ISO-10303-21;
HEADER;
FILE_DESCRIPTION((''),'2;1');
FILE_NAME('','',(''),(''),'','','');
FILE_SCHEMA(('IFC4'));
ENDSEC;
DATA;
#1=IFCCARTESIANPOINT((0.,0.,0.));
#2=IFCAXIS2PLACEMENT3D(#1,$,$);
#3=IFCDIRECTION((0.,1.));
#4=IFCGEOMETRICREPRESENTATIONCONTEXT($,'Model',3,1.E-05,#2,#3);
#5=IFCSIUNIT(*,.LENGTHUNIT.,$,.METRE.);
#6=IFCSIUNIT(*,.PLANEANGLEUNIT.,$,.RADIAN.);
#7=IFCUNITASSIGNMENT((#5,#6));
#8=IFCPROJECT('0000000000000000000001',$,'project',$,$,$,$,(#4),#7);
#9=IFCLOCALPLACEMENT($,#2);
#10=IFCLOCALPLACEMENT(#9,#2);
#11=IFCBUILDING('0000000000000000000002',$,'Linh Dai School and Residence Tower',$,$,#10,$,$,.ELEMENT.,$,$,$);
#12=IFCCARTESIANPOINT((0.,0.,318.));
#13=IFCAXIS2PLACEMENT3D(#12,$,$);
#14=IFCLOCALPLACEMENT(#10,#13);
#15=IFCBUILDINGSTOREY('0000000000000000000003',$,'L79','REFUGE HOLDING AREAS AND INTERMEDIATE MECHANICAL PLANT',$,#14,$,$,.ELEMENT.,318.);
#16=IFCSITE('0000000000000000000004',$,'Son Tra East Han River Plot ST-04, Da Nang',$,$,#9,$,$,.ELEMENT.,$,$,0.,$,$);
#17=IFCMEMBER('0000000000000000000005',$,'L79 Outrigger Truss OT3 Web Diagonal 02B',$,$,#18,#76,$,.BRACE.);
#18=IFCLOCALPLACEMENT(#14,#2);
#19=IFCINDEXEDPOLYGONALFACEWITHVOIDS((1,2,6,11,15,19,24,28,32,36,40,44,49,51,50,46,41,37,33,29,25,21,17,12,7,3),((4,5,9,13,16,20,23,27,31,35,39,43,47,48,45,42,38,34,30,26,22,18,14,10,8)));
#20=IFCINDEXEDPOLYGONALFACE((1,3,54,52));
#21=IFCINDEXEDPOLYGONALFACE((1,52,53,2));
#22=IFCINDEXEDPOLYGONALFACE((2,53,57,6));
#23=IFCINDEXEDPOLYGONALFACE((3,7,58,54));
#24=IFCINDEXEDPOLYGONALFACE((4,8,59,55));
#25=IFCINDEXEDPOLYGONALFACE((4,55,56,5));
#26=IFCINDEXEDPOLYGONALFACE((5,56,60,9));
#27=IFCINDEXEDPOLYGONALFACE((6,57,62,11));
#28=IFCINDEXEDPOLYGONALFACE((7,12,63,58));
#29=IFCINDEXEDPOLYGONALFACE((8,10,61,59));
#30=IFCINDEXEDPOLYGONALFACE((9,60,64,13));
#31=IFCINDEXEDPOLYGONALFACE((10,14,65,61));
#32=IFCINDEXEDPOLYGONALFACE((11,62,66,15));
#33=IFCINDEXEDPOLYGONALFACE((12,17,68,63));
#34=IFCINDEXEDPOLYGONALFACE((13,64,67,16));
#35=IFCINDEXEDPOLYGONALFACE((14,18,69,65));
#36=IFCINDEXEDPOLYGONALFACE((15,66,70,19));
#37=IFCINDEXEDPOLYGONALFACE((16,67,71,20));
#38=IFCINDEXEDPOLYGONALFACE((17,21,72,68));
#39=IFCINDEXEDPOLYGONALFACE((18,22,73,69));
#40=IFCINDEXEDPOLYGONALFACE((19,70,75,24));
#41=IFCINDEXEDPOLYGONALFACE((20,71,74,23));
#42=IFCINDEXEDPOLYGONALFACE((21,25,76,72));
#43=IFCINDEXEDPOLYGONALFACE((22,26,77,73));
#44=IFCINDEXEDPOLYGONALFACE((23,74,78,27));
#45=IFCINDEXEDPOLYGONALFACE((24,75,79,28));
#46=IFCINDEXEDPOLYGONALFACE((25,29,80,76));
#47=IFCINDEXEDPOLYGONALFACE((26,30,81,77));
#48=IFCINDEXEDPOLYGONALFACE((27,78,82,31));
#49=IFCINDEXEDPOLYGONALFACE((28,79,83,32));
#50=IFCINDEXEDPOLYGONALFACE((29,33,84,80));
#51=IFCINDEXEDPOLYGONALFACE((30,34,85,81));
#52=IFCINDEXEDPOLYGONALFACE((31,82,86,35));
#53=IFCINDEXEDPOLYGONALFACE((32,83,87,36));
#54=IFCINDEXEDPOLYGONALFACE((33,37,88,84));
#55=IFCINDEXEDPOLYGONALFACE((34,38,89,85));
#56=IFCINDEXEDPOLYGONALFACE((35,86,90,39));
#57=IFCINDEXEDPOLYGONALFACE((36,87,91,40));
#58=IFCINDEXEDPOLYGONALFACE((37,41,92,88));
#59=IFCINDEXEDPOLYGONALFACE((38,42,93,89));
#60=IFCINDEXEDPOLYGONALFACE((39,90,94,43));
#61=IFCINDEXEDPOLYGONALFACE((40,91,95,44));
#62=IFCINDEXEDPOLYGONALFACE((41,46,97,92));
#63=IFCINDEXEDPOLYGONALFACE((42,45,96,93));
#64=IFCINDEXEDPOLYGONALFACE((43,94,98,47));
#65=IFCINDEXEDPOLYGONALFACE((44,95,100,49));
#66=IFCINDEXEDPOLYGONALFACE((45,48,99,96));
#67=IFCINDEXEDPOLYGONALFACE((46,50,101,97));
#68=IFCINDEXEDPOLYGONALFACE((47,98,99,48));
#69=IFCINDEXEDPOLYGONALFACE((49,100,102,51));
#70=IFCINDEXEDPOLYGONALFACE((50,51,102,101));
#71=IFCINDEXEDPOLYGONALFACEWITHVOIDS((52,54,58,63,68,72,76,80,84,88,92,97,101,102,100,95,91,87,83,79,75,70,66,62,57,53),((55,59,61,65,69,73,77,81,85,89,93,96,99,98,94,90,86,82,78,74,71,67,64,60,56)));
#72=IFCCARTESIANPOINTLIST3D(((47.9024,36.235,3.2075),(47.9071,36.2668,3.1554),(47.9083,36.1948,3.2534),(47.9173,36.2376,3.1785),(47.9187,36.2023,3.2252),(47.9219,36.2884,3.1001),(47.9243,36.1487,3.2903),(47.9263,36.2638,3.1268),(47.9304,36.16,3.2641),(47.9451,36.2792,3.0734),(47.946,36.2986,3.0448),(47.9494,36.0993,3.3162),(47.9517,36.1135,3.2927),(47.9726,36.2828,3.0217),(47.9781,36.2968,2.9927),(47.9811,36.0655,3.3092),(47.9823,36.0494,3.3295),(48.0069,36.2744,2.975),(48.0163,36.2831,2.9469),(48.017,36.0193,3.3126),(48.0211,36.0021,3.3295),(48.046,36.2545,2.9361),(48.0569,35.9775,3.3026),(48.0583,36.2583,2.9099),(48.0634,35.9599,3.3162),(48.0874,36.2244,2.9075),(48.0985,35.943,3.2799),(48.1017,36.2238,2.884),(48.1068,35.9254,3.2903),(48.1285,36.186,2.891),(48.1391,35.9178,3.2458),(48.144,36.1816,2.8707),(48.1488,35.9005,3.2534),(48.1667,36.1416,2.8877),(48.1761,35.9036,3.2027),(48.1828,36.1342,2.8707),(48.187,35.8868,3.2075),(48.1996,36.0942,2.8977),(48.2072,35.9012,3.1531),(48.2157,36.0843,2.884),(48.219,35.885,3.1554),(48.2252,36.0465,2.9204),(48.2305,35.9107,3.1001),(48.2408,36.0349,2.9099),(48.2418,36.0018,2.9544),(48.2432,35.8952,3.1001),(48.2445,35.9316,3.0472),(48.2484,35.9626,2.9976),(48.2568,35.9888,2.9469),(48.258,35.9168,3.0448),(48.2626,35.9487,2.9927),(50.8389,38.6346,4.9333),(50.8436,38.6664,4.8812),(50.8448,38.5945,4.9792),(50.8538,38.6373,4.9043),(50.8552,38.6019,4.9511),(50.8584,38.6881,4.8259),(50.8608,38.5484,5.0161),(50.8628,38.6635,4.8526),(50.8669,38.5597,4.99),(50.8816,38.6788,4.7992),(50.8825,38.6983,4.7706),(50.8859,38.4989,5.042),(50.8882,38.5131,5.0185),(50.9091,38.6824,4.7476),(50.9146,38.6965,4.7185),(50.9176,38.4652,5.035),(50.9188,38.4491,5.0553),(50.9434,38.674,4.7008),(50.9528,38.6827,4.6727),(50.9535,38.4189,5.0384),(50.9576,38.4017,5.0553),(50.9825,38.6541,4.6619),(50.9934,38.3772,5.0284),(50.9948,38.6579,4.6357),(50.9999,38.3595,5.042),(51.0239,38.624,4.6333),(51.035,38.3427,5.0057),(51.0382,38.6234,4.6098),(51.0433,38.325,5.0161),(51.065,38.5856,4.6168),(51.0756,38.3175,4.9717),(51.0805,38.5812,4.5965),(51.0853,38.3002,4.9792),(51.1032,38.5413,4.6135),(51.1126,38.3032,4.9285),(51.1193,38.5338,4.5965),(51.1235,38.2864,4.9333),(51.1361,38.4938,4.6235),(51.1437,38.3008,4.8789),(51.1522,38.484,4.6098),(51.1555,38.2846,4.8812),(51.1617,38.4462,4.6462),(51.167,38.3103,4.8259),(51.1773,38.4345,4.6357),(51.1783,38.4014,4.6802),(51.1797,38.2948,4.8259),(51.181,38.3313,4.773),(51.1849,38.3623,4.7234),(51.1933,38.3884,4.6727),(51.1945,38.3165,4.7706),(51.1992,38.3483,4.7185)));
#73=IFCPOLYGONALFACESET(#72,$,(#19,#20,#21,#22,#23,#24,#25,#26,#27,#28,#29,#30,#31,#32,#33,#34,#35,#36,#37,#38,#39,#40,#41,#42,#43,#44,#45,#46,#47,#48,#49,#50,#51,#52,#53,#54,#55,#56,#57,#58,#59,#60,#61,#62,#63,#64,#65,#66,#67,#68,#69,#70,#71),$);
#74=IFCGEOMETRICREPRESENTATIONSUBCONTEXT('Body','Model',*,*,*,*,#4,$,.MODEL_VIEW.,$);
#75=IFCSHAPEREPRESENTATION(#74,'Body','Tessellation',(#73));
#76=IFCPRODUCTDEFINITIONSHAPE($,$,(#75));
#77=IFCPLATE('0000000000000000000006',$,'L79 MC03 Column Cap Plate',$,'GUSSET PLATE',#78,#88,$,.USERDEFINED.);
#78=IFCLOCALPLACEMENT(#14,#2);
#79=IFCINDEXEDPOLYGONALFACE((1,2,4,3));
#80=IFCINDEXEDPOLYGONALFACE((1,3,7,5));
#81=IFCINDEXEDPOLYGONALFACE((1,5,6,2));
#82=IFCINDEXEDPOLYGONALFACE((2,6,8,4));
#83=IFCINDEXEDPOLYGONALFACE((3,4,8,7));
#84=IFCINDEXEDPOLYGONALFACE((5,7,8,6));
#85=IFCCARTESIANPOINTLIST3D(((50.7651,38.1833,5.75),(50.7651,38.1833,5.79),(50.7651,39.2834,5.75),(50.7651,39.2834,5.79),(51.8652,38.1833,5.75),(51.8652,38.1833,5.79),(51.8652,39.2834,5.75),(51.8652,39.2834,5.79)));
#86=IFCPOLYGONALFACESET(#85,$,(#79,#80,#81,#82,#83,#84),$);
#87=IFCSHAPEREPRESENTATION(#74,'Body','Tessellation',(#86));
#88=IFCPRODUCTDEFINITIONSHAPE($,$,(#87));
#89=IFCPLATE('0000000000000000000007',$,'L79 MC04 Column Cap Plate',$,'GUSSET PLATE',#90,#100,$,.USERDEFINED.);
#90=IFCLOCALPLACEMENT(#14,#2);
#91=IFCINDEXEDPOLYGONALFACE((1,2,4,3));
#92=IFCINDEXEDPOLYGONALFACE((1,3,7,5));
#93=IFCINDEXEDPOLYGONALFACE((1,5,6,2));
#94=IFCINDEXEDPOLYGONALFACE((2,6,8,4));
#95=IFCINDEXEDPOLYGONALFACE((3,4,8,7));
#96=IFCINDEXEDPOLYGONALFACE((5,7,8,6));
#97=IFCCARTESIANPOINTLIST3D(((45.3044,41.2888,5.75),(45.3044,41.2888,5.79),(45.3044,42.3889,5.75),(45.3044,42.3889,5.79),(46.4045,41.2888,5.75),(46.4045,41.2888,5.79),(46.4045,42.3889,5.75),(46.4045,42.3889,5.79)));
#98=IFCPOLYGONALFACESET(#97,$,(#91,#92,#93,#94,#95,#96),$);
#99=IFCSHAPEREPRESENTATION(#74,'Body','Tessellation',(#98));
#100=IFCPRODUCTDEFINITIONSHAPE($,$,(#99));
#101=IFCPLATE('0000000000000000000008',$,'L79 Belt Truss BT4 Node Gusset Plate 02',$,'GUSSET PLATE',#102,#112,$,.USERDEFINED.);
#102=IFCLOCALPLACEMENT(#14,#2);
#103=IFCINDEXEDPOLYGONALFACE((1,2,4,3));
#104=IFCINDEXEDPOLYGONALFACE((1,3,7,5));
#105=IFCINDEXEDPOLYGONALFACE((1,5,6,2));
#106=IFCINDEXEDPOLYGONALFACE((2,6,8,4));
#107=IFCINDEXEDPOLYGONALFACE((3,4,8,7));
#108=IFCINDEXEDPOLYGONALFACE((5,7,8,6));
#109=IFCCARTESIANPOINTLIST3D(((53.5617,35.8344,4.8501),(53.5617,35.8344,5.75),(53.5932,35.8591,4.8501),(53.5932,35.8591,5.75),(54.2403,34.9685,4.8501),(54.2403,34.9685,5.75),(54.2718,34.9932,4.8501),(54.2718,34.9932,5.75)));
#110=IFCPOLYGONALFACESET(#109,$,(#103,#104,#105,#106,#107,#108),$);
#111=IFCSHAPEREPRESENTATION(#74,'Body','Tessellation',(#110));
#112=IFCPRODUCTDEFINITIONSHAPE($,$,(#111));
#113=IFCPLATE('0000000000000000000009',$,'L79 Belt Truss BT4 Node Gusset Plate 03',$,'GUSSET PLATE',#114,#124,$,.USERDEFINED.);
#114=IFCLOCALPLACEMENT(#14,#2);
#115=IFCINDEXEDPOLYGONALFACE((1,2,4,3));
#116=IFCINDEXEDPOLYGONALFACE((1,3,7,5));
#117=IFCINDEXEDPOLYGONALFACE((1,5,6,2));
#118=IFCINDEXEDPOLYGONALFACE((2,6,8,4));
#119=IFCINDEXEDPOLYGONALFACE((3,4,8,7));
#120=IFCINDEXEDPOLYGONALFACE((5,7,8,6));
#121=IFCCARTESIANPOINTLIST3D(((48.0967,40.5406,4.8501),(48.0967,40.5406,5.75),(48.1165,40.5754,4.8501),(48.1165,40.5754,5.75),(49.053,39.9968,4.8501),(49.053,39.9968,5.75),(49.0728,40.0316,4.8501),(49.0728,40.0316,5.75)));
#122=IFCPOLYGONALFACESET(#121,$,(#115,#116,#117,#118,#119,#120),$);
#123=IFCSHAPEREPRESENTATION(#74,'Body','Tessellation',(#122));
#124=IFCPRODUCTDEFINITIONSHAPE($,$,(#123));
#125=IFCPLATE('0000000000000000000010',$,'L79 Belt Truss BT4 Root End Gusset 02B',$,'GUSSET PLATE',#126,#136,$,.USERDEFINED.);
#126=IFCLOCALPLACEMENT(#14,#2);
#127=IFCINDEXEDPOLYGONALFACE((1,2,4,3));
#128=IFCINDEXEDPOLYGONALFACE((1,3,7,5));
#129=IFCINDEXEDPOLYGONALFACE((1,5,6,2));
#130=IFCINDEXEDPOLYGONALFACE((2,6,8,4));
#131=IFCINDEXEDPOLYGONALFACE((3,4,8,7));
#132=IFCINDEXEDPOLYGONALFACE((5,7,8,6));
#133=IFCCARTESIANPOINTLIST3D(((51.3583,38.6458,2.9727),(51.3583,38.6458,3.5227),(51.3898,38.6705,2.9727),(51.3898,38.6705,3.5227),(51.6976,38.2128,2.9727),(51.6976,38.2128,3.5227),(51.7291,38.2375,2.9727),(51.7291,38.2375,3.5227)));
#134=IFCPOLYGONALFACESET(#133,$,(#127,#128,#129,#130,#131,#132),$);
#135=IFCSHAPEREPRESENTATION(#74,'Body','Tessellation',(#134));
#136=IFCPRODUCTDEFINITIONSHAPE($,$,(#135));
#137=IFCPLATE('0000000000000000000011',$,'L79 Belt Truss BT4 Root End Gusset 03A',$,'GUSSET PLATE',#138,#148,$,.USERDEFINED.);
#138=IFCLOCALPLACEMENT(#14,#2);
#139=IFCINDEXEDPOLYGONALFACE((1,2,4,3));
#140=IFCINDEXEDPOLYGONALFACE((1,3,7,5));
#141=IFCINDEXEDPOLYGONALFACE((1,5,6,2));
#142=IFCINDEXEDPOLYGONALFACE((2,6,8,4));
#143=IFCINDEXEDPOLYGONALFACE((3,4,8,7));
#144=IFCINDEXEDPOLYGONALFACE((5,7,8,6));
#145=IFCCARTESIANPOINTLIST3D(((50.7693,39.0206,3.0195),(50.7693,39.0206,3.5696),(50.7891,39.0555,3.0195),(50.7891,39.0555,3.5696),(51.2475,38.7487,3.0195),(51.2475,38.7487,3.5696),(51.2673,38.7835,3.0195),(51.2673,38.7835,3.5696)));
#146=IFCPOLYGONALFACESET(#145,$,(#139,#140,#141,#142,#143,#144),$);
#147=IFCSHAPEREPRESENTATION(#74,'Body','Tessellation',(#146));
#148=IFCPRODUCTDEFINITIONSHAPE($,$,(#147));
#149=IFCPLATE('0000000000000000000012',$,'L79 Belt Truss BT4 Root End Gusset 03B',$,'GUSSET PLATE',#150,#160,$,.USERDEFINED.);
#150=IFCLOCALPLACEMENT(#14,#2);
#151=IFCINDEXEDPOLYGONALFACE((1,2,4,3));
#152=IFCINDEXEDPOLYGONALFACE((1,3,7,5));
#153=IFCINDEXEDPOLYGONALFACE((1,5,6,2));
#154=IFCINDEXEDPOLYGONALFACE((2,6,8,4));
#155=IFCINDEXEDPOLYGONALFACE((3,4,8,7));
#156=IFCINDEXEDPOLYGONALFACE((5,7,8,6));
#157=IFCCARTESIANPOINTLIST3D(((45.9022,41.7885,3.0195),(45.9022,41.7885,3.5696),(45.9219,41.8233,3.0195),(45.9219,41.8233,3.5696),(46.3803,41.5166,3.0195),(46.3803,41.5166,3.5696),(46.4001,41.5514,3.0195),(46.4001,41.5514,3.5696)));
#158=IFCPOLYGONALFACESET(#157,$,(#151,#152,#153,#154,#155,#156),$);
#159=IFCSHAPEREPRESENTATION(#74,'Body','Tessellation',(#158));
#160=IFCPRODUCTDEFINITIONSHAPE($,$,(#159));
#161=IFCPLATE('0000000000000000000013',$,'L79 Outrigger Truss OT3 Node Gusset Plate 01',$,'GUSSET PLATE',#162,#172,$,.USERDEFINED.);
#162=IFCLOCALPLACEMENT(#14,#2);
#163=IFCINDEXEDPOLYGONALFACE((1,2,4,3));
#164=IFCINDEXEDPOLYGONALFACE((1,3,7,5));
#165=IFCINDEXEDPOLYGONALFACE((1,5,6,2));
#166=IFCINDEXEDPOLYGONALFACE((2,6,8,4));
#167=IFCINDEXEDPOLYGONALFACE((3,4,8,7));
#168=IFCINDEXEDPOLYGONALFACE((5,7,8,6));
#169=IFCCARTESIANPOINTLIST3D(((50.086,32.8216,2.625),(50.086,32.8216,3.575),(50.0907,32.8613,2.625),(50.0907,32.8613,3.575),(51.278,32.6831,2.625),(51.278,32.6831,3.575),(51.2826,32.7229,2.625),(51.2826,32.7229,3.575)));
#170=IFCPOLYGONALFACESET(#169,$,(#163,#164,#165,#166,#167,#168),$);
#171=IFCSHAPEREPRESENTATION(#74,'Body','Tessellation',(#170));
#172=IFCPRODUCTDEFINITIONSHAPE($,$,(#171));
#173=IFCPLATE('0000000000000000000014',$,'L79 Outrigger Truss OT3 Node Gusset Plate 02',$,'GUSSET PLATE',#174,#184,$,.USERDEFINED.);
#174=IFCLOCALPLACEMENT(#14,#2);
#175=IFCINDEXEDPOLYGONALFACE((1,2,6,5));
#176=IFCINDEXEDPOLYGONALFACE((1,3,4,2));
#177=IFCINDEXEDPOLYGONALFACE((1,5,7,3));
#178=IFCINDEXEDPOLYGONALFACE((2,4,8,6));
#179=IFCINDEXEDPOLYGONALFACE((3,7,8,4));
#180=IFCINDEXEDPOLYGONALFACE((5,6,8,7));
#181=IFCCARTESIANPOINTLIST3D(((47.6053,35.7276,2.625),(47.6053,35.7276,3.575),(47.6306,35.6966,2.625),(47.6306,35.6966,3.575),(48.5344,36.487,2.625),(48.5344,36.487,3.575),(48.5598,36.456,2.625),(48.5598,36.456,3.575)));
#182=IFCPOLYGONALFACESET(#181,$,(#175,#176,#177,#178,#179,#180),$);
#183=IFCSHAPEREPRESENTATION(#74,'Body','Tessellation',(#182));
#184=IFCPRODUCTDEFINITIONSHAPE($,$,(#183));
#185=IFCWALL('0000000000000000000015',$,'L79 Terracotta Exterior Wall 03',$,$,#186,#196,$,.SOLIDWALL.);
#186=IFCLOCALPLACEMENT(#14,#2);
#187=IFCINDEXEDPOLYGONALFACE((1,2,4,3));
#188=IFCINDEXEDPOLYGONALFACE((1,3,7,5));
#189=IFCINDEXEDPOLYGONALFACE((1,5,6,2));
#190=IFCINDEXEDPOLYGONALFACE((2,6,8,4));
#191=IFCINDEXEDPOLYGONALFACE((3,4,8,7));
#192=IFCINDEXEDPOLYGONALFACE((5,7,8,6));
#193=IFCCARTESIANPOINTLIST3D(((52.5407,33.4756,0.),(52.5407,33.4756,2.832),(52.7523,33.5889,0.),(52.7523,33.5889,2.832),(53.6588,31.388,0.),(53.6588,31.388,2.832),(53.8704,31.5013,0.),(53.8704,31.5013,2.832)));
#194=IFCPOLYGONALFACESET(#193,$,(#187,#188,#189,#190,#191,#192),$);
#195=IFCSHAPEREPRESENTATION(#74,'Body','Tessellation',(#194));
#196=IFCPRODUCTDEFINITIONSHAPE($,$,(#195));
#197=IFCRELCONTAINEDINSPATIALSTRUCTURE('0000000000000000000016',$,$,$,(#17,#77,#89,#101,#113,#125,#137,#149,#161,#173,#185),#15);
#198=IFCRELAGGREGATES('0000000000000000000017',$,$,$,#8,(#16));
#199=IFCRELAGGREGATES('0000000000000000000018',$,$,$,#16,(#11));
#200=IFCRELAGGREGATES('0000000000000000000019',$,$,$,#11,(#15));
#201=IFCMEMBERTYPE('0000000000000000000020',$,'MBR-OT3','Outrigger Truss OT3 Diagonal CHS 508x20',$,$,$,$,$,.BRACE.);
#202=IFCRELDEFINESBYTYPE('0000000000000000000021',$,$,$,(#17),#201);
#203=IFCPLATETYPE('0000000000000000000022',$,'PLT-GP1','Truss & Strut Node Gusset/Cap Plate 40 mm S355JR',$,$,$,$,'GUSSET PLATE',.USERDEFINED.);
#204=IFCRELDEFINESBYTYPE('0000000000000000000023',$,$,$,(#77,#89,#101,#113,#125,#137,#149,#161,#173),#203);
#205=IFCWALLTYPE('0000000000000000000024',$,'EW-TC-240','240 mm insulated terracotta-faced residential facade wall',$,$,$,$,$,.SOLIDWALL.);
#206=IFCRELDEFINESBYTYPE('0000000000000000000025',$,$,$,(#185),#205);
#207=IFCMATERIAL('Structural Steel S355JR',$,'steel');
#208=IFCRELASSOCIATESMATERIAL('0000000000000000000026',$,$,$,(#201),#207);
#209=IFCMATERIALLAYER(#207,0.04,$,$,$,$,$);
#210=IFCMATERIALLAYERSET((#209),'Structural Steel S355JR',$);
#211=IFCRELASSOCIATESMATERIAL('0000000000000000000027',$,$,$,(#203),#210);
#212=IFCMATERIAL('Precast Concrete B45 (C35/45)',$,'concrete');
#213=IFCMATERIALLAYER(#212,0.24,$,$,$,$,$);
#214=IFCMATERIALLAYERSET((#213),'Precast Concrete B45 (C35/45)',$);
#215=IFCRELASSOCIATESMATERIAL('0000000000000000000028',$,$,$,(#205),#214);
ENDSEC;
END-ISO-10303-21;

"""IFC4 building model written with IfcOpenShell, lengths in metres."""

from ifc_helpers import new_model, si_unit, direction, frame, frame_2d, origin, origin_2d, place, context, subcontext, project, spatial, rectangle, hollow_circle, extrude, source, transform, mapped, material, layer, layer_set, material_profile, profile_set, type_object, element, save


model = new_model("IFC4")

# Units and contexts
model_context = context("Model", 3, precision=1e-05, world=origin(), true_north=direction((0.0, 1.0)))
body_context = subcontext(model_context, "Body", "Model", "MODEL_VIEW")
ifc_project = project(units=[si_unit("LENGTHUNIT", "METRE"), si_unit("PLANEANGLEUNIT", "RADIAN")], contexts=[model_context])

# Site, building, storey
site_placement = place(None, origin())
site = spatial("IfcSite", under=ifc_project, at=site_placement, Name="Son Tra East Han River Plot ST-04, Da Nang", CompositionType="ELEMENT", RefElevation=0.0)
building_placement = place(site_placement, origin())
building = spatial("IfcBuilding", under=site, at=building_placement, Name="Linh Dai School and Residence Tower", CompositionType="ELEMENT")
storey_placement = place(building_placement, frame((0.0, 0.0, 318.0)))
storey = spatial("IfcBuildingStorey", under=building, at=storey_placement, Name="L79", Description="REFUGE HOLDING AREAS AND INTERMEDIATE MECHANICAL PLANT", CompositionType="ELEMENT", Elevation=318.0)

# Shared definitions
ifc_material_1 = material(Name="Structural Steel S355JR", Category="steel")

# Member
ifc_material_profile_1 = material_profile(ifc_material_1, hollow_circle(Radius=0.2539, WallThickness=0.02, at=origin_2d()), Name="CHS 508x20")
ifc_profile_set_1 = profile_set([ifc_material_profile_1], Name="Structural Steel S355JR")
member_type_1 = type_object("IfcMemberType", Name="MBR-OT3", Description="Outrigger Truss OT3 Diagonal CHS 508x20", PredefinedType="BRACE", material=ifc_profile_set_1)
member_1_placement = place(storey_placement, frame((51.019, 38.4915, 4.8259), z_axis=(-0.704788, -0.575936, -0.414212), x_axis=(0.632771, -0.774339, 0.0)))
element("IfcMember", 1, at=member_1_placement, inside=storey, type_object=member_type_1, Name="L79 Outrigger Truss OT3 Web Diagonal 02B", PredefinedType="BRACE", context=body_context, shape_type="SweptSolid", body=[
    extrude(hollow_circle(Radius=0.2539, WallThickness=0.02, at=origin_2d()), origin(), (0.0, 0.0, 1.0), 4.1665),
])

# Plates
ifc_layer_1 = layer(ifc_material_1, 0.04)
ifc_layer_set_1 = layer_set([ifc_layer_1], Name="Structural Steel S355JR")
plate_type = type_object("IfcPlateType", Name="PLT-GP1", Description="Truss & Strut Node Gusset/Cap Plate 40 mm S355JR", ElementType="GUSSET PLATE", PredefinedType="USERDEFINED", material=ifc_layer_set_1)
shared_shape_1 = source(origin(), body_context, "Body", "SweptSolid", [
    extrude(rectangle(XDim=1.1001, YDim=1.1001, at=origin_2d()), origin(), (0.0, 0.0, 1.0), 0.04),
])
for number, where, z_axis, x_axis, name in (
    (2, (51.3152, 38.7334, 5.75), (0.0, 0.0, 1.0), (1.0, 0.0, 0.0), "L79 MC03 Column Cap Plate"),
    (3, (45.8545, 41.8389, 5.75), (0.0, 0.0, 1.0), (1.0, 0.0, 0.0), "L79 MC04 Column Cap Plate"),
):
    element("IfcPlate", number, at=place(storey_placement, frame(where, z_axis=z_axis, x_axis=x_axis)), inside=storey, type_object=plate_type, Name=name, ObjectType="GUSSET PLATE", PredefinedType="USERDEFINED", context=body_context, shape_type="MappedRepresentation", body=[
        mapped(shared_shape_1, transform((0.0, 0.0, 0.0), x_axis=(1.0, 0.0, 0.0), y_axis=(0.0, 1.0, 0.0), z_axis=(0.0, 0.0, 1.0), scale=1.0)),
    ])
shared_shape_2 = source(origin(), body_context, "Body", "SweptSolid", [
    extrude(rectangle(XDim=1.1001, YDim=0.04, at=origin_2d()), origin(), (0.0, 0.0, 1.0), 0.8999),
])
for number, where, z_axis, x_axis, name in (
    (4, (53.9167, 35.4138, 4.8501), (0.0, 0.0, 1.0), (-0.616871, 0.787064, 0.0), "L79 Belt Truss BT4 Node Gusset Plate 02"),
    (5, (48.5847, 40.2861, 4.8501), (0.0, 0.0, 1.0), (-0.869275, 0.494329, 0.0), "L79 Belt Truss BT4 Node Gusset Plate 03"),
):
    element("IfcPlate", number, at=place(storey_placement, frame(where, z_axis=z_axis, x_axis=x_axis)), inside=storey, type_object=plate_type, Name=name, ObjectType="GUSSET PLATE", PredefinedType="USERDEFINED", context=body_context, shape_type="MappedRepresentation", body=[
        mapped(shared_shape_2, transform((0.0, 0.0, 0.0), x_axis=(1.0, 0.0, 0.0), y_axis=(0.0, 1.0, 0.0), z_axis=(0.0, 0.0, 1.0), scale=1.0)),
    ])
shared_shape_3 = source(origin(), body_context, "Body", "SweptSolid", [
    extrude(rectangle(XDim=0.55, YDim=0.04, at=origin_2d()), origin(), (0.0, 0.0, 1.0), 0.55),
])
for number, where, z_axis, x_axis, name in (
    (6, (51.5437, 38.4417, 2.9727), (0.0, 0.0, 1.0), (-0.616871, 0.787064, 0.0), "L79 Belt Truss BT4 Root End Gusset 02B"),
    (7, (51.0183, 38.9021, 3.0195), (0.0, 0.0, 1.0), (-0.869275, 0.494329, 0.0), "L79 Belt Truss BT4 Root End Gusset 03A"),
    (8, (46.1511, 41.6699, 3.0195), (0.0, 0.0, 1.0), (-0.869275, 0.494329, 0.0), "L79 Belt Truss BT4 Root End Gusset 03B"),
):
    element("IfcPlate", number, at=place(storey_placement, frame(where, z_axis=z_axis, x_axis=x_axis)), inside=storey, type_object=plate_type, Name=name, ObjectType="GUSSET PLATE", PredefinedType="USERDEFINED", context=body_context, shape_type="MappedRepresentation", body=[
        mapped(shared_shape_3, transform((0.0, 0.0, 0.0), x_axis=(1.0, 0.0, 0.0), y_axis=(0.0, 1.0, 0.0), z_axis=(0.0, 0.0, 1.0), scale=1.0)),
    ])
shared_shape_4 = source(origin(), body_context, "Body", "SweptSolid", [
    extrude(rectangle(XDim=1.2, YDim=0.04, at=origin_2d()), origin(), (0.0, 0.0, 1.0), 0.95),
])
for number, where, z_axis, x_axis, name in (
    (9, (50.6843, 32.7722, 2.625), (0.0, 0.0, 1.0), (0.993319, -0.1154, 0.0), "L79 Outrigger Truss OT3 Node Gusset Plate 01"),
    (10, (48.0825, 36.0918, 2.625), (0.0, 0.0, 1.0), (0.774325, 0.632789, 0.0), "L79 Outrigger Truss OT3 Node Gusset Plate 02"),
):
    element("IfcPlate", number, at=place(storey_placement, frame(where, z_axis=z_axis, x_axis=x_axis)), inside=storey, type_object=plate_type, Name=name, ObjectType="GUSSET PLATE", PredefinedType="USERDEFINED", context=body_context, shape_type="MappedRepresentation", body=[
        mapped(shared_shape_4, transform((0.0, 0.0, 0.0), x_axis=(1.0, 0.0, 0.0), y_axis=(0.0, 1.0, 0.0), z_axis=(0.0, 0.0, 1.0), scale=1.0)),
    ])

# Wall
ifc_material_2 = material(Name="Precast Concrete B45 (C35/45)", Category="concrete")
ifc_layer_2 = layer(ifc_material_2, 0.24)
ifc_layer_set_2 = layer_set([ifc_layer_2], Name="Precast Concrete B45 (C35/45)")
wall_type_1 = type_object("IfcWallType", Name="EW-TC-240", Description="240 mm insulated terracotta-faced residential facade wall", PredefinedType="SOLIDWALL", material=ifc_layer_set_2)
wall_1_placement = place(storey_placement, frame((52.6465, 33.5322, 0.0), z_axis=(0.0, 0.0, 1.0), x_axis=(0.47215, -0.881518, 0.0)))
element("IfcWall", 11, at=wall_1_placement, inside=storey, type_object=wall_type_1, Name="L79 Terracotta Exterior Wall 03", PredefinedType="SOLIDWALL", context=body_context, shape_type="SweptSolid", body=[
    extrude(rectangle(XDim=2.3682, YDim=0.24, at=frame_2d((1.1841, 0.0))), origin(), (0.0, 0.0, 1.0), 2.832),
])

save(model, "model.ifc")
